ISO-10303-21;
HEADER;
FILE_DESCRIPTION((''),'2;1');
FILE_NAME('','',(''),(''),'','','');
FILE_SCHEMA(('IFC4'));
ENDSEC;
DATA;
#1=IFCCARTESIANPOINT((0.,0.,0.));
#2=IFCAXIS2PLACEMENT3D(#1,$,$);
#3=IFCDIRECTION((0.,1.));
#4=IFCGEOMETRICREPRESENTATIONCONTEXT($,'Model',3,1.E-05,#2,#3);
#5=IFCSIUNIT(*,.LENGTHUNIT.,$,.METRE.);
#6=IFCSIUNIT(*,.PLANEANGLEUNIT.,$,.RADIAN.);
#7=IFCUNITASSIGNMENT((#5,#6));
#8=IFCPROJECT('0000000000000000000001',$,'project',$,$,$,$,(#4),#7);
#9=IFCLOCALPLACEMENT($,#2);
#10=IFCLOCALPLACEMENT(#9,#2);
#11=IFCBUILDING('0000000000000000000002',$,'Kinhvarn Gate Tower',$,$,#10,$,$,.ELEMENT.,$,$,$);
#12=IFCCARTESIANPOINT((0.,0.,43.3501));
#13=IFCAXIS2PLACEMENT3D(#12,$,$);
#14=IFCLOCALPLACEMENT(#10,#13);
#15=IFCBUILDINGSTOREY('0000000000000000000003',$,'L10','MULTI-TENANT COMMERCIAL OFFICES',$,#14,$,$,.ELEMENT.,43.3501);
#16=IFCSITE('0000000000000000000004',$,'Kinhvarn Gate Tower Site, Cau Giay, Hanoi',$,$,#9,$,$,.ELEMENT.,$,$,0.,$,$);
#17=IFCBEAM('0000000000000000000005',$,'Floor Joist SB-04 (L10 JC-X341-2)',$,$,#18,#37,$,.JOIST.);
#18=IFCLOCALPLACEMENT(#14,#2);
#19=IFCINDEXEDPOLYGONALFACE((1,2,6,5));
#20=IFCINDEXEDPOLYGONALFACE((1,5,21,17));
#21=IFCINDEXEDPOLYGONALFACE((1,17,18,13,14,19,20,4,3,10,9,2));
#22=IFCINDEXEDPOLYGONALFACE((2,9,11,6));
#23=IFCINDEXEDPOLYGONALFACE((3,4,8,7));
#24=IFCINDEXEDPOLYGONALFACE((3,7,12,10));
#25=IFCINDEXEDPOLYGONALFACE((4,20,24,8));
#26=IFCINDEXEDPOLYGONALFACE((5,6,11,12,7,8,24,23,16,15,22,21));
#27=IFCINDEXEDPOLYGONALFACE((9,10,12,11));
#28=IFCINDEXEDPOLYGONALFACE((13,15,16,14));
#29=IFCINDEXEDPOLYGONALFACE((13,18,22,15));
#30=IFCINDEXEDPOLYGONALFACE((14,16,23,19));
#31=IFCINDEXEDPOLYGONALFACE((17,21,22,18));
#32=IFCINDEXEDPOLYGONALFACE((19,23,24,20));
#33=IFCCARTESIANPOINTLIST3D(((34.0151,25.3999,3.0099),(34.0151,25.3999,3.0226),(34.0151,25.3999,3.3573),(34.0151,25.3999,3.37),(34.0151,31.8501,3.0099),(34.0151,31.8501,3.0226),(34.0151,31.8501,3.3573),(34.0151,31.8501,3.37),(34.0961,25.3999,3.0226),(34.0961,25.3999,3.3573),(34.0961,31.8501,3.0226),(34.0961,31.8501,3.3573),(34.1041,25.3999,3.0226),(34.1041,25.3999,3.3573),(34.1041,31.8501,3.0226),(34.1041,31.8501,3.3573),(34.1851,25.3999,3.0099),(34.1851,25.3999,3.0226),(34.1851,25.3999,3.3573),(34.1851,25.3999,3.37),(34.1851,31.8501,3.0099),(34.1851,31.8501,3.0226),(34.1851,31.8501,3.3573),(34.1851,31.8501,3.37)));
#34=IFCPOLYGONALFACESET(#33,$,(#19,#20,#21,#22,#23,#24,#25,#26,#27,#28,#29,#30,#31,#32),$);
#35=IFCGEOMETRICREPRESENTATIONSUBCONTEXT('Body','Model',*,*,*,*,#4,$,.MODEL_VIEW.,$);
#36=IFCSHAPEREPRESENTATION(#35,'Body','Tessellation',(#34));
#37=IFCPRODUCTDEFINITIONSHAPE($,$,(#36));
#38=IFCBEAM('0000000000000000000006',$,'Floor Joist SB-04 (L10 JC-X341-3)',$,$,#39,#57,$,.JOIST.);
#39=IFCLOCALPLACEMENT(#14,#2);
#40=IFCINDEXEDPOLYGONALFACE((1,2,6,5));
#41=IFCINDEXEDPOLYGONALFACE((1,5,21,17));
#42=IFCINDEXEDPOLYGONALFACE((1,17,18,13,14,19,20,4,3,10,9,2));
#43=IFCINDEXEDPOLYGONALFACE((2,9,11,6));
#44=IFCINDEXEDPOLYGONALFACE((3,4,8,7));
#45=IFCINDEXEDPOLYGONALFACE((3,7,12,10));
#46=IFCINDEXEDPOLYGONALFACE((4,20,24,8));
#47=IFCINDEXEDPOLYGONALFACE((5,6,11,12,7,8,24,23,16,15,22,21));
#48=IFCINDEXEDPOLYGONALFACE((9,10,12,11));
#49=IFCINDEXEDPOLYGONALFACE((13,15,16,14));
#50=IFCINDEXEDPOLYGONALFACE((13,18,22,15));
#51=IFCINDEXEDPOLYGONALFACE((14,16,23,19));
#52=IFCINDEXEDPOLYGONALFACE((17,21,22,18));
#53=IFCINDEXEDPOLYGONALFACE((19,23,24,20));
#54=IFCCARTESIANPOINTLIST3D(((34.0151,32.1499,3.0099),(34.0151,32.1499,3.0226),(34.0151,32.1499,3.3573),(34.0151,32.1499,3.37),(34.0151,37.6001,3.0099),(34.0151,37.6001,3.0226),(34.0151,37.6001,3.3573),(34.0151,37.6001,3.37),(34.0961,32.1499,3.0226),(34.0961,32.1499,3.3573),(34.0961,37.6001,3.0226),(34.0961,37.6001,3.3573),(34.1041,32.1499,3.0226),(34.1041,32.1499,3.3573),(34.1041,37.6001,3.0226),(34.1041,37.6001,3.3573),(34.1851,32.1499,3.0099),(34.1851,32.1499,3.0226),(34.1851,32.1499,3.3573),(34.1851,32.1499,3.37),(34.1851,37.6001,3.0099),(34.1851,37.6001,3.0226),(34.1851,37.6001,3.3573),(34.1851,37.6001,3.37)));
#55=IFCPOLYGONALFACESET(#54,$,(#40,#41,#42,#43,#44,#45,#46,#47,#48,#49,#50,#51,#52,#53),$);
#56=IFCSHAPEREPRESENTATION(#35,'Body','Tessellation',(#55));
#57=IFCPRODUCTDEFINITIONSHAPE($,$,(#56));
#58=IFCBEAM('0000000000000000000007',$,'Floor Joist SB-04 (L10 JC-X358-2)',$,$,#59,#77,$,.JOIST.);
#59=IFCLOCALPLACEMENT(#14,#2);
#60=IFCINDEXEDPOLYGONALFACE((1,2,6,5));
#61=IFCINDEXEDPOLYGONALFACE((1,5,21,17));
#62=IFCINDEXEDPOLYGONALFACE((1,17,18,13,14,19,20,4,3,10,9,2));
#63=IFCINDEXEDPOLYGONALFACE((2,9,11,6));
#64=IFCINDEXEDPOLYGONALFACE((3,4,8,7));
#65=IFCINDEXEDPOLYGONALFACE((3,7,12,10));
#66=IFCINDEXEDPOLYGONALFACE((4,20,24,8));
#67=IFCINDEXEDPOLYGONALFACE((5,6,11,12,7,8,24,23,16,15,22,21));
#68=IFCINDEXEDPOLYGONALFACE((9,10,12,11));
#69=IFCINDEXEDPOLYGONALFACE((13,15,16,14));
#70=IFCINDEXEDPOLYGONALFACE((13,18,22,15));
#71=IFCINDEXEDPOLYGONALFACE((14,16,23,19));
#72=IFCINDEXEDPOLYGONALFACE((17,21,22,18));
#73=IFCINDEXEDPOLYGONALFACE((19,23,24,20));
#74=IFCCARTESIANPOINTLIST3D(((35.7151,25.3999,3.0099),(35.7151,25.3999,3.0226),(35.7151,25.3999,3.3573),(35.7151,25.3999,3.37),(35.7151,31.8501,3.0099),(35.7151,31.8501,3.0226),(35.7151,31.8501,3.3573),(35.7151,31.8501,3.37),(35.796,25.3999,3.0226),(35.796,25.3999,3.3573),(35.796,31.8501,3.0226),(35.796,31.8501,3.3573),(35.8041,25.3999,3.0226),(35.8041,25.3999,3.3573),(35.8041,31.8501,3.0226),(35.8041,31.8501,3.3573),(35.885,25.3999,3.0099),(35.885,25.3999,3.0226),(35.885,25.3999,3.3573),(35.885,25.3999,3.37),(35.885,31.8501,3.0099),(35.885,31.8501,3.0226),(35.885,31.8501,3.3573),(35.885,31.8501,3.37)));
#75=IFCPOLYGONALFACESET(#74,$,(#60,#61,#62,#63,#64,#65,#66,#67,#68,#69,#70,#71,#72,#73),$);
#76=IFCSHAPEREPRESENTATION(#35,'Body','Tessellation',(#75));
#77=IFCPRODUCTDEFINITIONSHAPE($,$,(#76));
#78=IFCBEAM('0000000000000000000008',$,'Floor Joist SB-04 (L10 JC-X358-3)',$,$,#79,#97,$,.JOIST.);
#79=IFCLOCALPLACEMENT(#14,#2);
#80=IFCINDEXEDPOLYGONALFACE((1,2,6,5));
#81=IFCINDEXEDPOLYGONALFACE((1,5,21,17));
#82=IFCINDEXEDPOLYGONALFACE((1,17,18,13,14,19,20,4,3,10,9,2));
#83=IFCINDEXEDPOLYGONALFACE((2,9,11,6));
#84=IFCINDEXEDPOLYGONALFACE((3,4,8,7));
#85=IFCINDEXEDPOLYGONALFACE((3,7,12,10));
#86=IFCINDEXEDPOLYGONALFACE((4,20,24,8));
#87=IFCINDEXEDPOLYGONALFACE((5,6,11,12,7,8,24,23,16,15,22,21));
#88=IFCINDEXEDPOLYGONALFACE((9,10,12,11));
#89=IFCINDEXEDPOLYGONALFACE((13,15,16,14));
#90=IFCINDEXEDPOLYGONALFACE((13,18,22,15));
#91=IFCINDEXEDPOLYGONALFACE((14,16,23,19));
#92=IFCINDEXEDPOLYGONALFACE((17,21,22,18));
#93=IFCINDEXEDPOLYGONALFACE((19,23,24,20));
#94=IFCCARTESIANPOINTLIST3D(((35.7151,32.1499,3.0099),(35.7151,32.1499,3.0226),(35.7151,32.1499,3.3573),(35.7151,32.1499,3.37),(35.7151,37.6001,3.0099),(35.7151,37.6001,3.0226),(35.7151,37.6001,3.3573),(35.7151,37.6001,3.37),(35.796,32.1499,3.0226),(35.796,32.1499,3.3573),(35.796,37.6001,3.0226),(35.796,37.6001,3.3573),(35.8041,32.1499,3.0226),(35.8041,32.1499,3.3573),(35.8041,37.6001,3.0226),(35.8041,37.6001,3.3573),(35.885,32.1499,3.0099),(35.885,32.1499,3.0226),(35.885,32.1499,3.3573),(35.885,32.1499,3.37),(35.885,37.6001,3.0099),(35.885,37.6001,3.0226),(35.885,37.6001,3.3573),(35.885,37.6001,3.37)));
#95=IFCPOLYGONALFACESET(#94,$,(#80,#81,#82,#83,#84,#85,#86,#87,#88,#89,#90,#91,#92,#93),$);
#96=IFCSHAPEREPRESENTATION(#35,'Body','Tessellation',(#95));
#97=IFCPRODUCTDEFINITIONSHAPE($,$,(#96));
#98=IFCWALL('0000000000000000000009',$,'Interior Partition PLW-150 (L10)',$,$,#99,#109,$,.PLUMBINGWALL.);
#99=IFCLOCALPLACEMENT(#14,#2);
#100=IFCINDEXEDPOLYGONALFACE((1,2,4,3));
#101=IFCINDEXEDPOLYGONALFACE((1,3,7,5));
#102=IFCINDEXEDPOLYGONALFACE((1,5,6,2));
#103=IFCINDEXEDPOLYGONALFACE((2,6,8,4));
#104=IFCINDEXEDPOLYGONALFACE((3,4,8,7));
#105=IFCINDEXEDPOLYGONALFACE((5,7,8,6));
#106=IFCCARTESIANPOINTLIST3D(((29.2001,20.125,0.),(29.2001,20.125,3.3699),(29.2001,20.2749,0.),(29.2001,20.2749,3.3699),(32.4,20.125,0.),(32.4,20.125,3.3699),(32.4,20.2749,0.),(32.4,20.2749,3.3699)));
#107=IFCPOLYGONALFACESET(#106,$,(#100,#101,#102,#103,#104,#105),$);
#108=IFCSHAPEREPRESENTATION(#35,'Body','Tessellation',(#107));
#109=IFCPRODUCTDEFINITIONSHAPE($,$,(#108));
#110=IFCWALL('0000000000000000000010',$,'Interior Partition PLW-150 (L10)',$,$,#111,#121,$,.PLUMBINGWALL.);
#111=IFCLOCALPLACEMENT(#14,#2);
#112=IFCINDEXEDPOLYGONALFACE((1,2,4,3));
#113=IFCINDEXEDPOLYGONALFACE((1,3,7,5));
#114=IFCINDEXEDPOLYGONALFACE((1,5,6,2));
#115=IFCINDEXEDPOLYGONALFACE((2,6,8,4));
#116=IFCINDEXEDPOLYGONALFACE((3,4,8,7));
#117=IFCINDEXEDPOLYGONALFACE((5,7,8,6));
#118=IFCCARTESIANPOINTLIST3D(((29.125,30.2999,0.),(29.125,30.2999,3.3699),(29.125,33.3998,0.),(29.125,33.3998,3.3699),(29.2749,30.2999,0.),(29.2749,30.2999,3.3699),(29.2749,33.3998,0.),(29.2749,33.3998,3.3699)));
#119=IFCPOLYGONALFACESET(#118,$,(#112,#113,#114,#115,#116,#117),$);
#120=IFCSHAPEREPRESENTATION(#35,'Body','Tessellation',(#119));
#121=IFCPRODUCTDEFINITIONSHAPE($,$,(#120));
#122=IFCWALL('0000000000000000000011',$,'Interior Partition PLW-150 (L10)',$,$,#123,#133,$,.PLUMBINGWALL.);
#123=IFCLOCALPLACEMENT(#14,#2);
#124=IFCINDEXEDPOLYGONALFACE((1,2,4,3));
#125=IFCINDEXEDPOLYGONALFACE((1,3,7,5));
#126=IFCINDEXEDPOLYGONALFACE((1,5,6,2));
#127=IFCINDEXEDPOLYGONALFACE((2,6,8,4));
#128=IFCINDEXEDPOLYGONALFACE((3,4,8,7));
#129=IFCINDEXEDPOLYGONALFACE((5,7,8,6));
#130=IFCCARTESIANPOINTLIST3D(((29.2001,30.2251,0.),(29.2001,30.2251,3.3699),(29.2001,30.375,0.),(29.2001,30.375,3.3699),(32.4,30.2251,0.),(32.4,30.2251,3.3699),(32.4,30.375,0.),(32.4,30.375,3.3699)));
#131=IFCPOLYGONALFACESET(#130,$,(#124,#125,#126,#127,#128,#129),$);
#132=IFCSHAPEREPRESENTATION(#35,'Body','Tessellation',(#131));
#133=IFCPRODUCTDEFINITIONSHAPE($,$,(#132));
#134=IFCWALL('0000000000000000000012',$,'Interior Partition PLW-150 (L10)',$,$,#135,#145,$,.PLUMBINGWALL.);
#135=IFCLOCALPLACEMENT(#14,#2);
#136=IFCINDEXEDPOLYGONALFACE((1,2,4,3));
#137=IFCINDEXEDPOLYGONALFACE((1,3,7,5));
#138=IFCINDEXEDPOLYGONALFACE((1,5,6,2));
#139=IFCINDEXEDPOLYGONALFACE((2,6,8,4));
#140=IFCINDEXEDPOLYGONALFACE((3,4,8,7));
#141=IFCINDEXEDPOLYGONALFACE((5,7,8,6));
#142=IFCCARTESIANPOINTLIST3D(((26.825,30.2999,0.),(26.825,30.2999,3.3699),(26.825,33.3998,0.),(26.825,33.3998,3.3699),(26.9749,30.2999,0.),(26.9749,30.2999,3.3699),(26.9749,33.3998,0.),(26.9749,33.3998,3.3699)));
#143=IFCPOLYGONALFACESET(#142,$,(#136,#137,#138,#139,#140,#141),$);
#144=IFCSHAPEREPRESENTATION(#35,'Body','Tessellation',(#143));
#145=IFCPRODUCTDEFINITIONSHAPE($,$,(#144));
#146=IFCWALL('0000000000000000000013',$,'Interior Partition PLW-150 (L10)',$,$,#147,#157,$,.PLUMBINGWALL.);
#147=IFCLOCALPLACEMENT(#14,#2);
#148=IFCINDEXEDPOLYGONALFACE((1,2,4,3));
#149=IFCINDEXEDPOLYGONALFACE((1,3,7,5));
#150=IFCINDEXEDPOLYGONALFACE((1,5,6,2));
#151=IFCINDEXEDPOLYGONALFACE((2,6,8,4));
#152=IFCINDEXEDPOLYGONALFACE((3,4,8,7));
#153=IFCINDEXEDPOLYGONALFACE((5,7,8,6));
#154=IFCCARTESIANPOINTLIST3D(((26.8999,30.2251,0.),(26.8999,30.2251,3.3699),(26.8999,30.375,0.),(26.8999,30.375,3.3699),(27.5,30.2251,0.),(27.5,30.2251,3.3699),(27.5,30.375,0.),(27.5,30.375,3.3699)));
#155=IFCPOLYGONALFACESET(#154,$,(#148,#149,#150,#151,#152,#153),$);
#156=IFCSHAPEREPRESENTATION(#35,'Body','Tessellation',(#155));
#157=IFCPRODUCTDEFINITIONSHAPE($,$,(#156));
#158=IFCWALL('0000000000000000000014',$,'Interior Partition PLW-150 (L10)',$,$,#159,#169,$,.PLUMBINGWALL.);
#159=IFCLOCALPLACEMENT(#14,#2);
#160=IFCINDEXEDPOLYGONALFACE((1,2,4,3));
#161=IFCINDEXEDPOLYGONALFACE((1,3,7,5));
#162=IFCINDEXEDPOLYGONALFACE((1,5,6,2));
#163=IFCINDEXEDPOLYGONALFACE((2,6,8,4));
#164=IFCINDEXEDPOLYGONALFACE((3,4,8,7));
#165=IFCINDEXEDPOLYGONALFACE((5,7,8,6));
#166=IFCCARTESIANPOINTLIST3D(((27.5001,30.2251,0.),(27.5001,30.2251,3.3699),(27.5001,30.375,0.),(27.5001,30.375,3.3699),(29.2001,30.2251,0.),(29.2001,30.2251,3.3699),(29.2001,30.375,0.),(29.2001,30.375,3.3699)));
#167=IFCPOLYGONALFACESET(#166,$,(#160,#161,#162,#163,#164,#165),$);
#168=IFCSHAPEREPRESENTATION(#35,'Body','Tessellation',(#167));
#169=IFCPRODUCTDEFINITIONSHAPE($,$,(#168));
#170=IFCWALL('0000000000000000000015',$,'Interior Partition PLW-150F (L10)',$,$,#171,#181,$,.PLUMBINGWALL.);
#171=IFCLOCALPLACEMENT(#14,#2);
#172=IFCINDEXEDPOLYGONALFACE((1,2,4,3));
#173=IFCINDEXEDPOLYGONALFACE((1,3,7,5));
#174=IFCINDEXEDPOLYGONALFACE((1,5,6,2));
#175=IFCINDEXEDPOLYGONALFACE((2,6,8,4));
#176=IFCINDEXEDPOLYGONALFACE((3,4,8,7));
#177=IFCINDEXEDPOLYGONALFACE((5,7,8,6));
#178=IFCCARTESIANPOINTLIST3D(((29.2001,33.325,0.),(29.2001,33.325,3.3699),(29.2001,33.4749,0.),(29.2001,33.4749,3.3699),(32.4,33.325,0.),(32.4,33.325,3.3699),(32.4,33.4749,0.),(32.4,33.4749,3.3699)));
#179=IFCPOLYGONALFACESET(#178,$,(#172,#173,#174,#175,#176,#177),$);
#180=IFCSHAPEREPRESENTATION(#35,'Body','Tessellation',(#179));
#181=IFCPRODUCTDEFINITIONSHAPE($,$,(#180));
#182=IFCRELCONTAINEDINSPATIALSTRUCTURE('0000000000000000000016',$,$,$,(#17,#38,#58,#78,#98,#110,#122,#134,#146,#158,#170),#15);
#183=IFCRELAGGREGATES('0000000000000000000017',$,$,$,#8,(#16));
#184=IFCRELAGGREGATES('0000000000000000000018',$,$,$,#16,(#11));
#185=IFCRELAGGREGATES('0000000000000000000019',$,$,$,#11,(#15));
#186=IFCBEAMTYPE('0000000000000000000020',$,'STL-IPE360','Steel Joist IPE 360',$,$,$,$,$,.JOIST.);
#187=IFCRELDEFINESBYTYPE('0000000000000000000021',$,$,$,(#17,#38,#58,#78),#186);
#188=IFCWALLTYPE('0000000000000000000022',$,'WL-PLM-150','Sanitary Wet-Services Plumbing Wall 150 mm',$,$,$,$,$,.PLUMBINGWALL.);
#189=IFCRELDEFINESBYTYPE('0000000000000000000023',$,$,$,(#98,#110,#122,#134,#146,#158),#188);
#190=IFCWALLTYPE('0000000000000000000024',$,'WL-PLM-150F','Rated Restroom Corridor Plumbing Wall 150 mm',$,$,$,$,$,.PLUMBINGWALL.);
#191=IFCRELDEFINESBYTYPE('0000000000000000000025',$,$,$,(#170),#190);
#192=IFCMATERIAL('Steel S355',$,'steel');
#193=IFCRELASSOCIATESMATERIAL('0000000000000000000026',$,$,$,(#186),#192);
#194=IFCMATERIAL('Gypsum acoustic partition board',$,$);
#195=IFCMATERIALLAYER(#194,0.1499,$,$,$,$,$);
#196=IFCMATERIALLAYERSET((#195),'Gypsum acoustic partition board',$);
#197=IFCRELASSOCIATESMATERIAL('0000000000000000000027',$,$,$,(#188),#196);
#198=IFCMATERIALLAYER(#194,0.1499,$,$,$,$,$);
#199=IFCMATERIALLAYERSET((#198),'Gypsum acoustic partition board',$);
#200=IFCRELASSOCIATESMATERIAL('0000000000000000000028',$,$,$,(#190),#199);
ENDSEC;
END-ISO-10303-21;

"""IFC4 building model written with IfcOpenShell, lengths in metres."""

from ifc_helpers import new_model, si_unit, direction, frame, frame_2d, origin, origin_2d, place, context, subcontext, project, spatial, rectangle, i_section, extrude, material, layer, layer_set, material_profile, profile_set, type_object, element, save


model = new_model("IFC4")

# Units and contexts
model_context = context("Model", 3, precision=1e-05, world=origin(), true_north=direction((0.0, 1.0)))
body_context = subcontext(model_context, "Body", "Model", "MODEL_VIEW")
ifc_project = project(units=[si_unit("LENGTHUNIT", "METRE"), si_unit("PLANEANGLEUNIT", "RADIAN")], contexts=[model_context])

# Site, building, storey
site_placement = place(None, origin())
site = spatial("IfcSite", under=ifc_project, at=site_placement, Name="Kinhvarn Gate Tower Site, Cau Giay, Hanoi", CompositionType="ELEMENT", RefElevation=0.0)
building_placement = place(site_placement, origin())
building = spatial("IfcBuilding", under=site, at=building_placement, Name="Kinhvarn Gate Tower", CompositionType="ELEMENT")
storey_placement = place(building_placement, frame((0.0, 0.0, 43.3501)))
storey = spatial("IfcBuildingStorey", under=building, at=storey_placement, Name="L10", Description="MULTI-TENANT COMMERCIAL OFFICES", CompositionType="ELEMENT", Elevation=43.3501)

# Beams
ifc_material_1 = material(Name="Steel S355", Category="steel")
ifc_material_profile_1 = material_profile(ifc_material_1, i_section(OverallWidth=0.1699, OverallDepth=0.3601, WebThickness=0.0081, FlangeThickness=0.0127, at=origin_2d()), Name="IPE 360")
ifc_profile_set_1 = profile_set([ifc_material_profile_1], Name="Steel S355")
beam_type_1 = type_object("IfcBeamType", Name="STL-IPE360", Description="Steel Joist IPE 360", PredefinedType="JOIST", material=ifc_profile_set_1)
beam_1_placement = place(storey_placement, frame((34.1001, 25.3999, 3.1899), z_axis=(0.0, 1.0, 0.0), x_axis=(-1.0, 0.0, 0.0)))
element("IfcBeam", 1, at=beam_1_placement, inside=storey, type_object=beam_type_1, Name="Floor Joist SB-04 (L10 JC-X341-2)", PredefinedType="JOIST", context=body_context, shape_type="SweptSolid", body=[
    extrude(i_section(OverallWidth=0.1699, OverallDepth=0.3601, WebThickness=0.0081, FlangeThickness=0.0127, at=origin_2d()), origin(), (0.0, 0.0, 1.0), 6.4502),
])
beam_2_placement = place(storey_placement, frame((34.1001, 32.1499, 3.1899), z_axis=(0.0, 1.0, 0.0), x_axis=(-1.0, 0.0, 0.0)))
element("IfcBeam", 2, at=beam_2_placement, inside=storey, type_object=beam_type_1, Name="Floor Joist SB-04 (L10 JC-X341-3)", PredefinedType="JOIST", context=body_context, shape_type="SweptSolid", body=[
    extrude(i_section(OverallWidth=0.1699, OverallDepth=0.3601, WebThickness=0.0081, FlangeThickness=0.0127, at=origin_2d()), origin(), (0.0, 0.0, 1.0), 5.4502),
])
beam_3_placement = place(storey_placement, frame((35.8, 25.3999, 3.1899), z_axis=(0.0, 1.0, 0.0), x_axis=(-1.0, 0.0, 0.0)))
element("IfcBeam", 3, at=beam_3_placement, inside=storey, type_object=beam_type_1, Name="Floor Joist SB-04 (L10 JC-X358-2)", PredefinedType="JOIST", context=body_context, shape_type="SweptSolid", body=[
    extrude(i_section(OverallWidth=0.1699, OverallDepth=0.3601, WebThickness=0.0081, FlangeThickness=0.0127, at=origin_2d()), origin(), (0.0, 0.0, 1.0), 6.4502),
])
beam_4_placement = place(storey_placement, frame((35.8, 32.1499, 3.1899), z_axis=(0.0, 1.0, 0.0), x_axis=(-1.0, 0.0, 0.0)))
element("IfcBeam", 4, at=beam_4_placement, inside=storey, type_object=beam_type_1, Name="Floor Joist SB-04 (L10 JC-X358-3)", PredefinedType="JOIST", context=body_context, shape_type="SweptSolid", body=[
    extrude(i_section(OverallWidth=0.1699, OverallDepth=0.3601, WebThickness=0.0081, FlangeThickness=0.0127, at=origin_2d()), origin(), (0.0, 0.0, 1.0), 5.4502),
])

# Walls
ifc_material_2 = material(Name="Gypsum acoustic partition board")
ifc_layer_1 = layer(ifc_material_2, 0.1499)
ifc_layer_set_1 = layer_set([ifc_layer_1], Name="Gypsum acoustic partition board")
wall_type_1 = type_object("IfcWallType", Name="WL-PLM-150", Description="Sanitary Wet-Services Plumbing Wall 150 mm", PredefinedType="PLUMBINGWALL", material=ifc_layer_set_1)
wall_1_placement = place(storey_placement, frame((29.2, 20.2, 0.0), z_axis=(0.0, 0.0, 1.0), x_axis=(1.0, 0.0, 0.0)))
element("IfcWall", 5, at=wall_1_placement, inside=storey, type_object=wall_type_1, Name="Interior Partition PLW-150 (L10)", PredefinedType="PLUMBINGWALL", context=body_context, shape_type="SweptSolid", body=[
    extrude(rectangle(XDim=3.2, YDim=0.1499, at=frame_2d((1.6001, 0.0))), origin(), (0.0, 0.0, 1.0), 3.3699),
])
wall_2_placement = place(storey_placement, frame((29.2, 30.3, 0.0), z_axis=(0.0, 0.0, 1.0), x_axis=(0.0, 1.0, 0.0)))
element("IfcWall", 6, at=wall_2_placement, inside=storey, type_object=wall_type_1, Name="Interior Partition PLW-150 (L10)", PredefinedType="PLUMBINGWALL", context=body_context, shape_type="SweptSolid", body=[
    extrude(rectangle(XDim=3.0999, YDim=0.1499, at=frame_2d((1.5498, 0.0))), origin(), (0.0, 0.0, 1.0), 3.3699),
])
wall_3_placement = place(storey_placement, frame((29.2, 30.3, 0.0), z_axis=(0.0, 0.0, 1.0), x_axis=(1.0, 0.0, 0.0)))
element("IfcWall", 7, at=wall_3_placement, inside=storey, type_object=wall_type_1, Name="Interior Partition PLW-150 (L10)", PredefinedType="PLUMBINGWALL", context=body_context, shape_type="SweptSolid", body=[
    extrude(rectangle(XDim=3.2, YDim=0.1499, at=frame_2d((1.6001, 0.0))), origin(), (0.0, 0.0, 1.0), 3.3699),
])
wall_4_placement = place(storey_placement, frame((26.8999, 30.3, 0.0), z_axis=(0.0, 0.0, 1.0), x_axis=(0.0, 1.0, 0.0)))
element("IfcWall", 8, at=wall_4_placement, inside=storey, type_object=wall_type_1, Name="Interior Partition PLW-150 (L10)", PredefinedType="PLUMBINGWALL", context=body_context, shape_type="SweptSolid", body=[
    extrude(rectangle(XDim=3.0999, YDim=0.1499, at=frame_2d((1.5498, 0.0))), origin(), (0.0, 0.0, 1.0), 3.3699),
])
wall_5_placement = place(storey_placement, frame((26.8999, 30.3, 0.0), z_axis=(0.0, 0.0, 1.0), x_axis=(1.0, 0.0, 0.0)))
element("IfcWall", 9, at=wall_5_placement, inside=storey, type_object=wall_type_1, Name="Interior Partition PLW-150 (L10)", PredefinedType="PLUMBINGWALL", context=body_context, shape_type="SweptSolid", body=[
    extrude(rectangle(XDim=0.6001, YDim=0.1499, at=frame_2d((0.3, 0.0))), origin(), (0.0, 0.0, 1.0), 3.3699),
])
wall_6_placement = place(storey_placement, frame((27.5, 30.3, 0.0), z_axis=(0.0, 0.0, 1.0), x_axis=(1.0, 0.0, 0.0)))
element("IfcWall", 10, at=wall_6_placement, inside=storey, type_object=wall_type_1, Name="Interior Partition PLW-150 (L10)", PredefinedType="PLUMBINGWALL", context=body_context, shape_type="SweptSolid", body=[
    extrude(rectangle(XDim=1.7, YDim=0.1499, at=frame_2d((0.8501, 0.0))), origin(), (0.0, 0.0, 1.0), 3.3699),
])
ifc_layer_2 = layer(ifc_material_2, 0.1499)
ifc_layer_set_2 = layer_set([ifc_layer_2], Name="Gypsum acoustic partition board")
wall_type_2 = type_object("IfcWallType", Name="WL-PLM-150F", Description="Rated Restroom Corridor Plumbing Wall 150 mm", PredefinedType="PLUMBINGWALL", material=ifc_layer_set_2)
wall_7_placement = place(storey_placement, frame((29.2, 33.3999, 0.0), z_axis=(0.0, 0.0, 1.0), x_axis=(1.0, 0.0, 0.0)))
element("IfcWall", 11, at=wall_7_placement, inside=storey, type_object=wall_type_2, Name="Interior Partition PLW-150F (L10)", PredefinedType="PLUMBINGWALL", context=body_context, shape_type="SweptSolid", body=[
    extrude(rectangle(XDim=3.2, YDim=0.1499, at=frame_2d((1.6001, 0.0))), origin(), (0.0, 0.0, 1.0), 3.3699),
])

save(model, "model.ifc")
